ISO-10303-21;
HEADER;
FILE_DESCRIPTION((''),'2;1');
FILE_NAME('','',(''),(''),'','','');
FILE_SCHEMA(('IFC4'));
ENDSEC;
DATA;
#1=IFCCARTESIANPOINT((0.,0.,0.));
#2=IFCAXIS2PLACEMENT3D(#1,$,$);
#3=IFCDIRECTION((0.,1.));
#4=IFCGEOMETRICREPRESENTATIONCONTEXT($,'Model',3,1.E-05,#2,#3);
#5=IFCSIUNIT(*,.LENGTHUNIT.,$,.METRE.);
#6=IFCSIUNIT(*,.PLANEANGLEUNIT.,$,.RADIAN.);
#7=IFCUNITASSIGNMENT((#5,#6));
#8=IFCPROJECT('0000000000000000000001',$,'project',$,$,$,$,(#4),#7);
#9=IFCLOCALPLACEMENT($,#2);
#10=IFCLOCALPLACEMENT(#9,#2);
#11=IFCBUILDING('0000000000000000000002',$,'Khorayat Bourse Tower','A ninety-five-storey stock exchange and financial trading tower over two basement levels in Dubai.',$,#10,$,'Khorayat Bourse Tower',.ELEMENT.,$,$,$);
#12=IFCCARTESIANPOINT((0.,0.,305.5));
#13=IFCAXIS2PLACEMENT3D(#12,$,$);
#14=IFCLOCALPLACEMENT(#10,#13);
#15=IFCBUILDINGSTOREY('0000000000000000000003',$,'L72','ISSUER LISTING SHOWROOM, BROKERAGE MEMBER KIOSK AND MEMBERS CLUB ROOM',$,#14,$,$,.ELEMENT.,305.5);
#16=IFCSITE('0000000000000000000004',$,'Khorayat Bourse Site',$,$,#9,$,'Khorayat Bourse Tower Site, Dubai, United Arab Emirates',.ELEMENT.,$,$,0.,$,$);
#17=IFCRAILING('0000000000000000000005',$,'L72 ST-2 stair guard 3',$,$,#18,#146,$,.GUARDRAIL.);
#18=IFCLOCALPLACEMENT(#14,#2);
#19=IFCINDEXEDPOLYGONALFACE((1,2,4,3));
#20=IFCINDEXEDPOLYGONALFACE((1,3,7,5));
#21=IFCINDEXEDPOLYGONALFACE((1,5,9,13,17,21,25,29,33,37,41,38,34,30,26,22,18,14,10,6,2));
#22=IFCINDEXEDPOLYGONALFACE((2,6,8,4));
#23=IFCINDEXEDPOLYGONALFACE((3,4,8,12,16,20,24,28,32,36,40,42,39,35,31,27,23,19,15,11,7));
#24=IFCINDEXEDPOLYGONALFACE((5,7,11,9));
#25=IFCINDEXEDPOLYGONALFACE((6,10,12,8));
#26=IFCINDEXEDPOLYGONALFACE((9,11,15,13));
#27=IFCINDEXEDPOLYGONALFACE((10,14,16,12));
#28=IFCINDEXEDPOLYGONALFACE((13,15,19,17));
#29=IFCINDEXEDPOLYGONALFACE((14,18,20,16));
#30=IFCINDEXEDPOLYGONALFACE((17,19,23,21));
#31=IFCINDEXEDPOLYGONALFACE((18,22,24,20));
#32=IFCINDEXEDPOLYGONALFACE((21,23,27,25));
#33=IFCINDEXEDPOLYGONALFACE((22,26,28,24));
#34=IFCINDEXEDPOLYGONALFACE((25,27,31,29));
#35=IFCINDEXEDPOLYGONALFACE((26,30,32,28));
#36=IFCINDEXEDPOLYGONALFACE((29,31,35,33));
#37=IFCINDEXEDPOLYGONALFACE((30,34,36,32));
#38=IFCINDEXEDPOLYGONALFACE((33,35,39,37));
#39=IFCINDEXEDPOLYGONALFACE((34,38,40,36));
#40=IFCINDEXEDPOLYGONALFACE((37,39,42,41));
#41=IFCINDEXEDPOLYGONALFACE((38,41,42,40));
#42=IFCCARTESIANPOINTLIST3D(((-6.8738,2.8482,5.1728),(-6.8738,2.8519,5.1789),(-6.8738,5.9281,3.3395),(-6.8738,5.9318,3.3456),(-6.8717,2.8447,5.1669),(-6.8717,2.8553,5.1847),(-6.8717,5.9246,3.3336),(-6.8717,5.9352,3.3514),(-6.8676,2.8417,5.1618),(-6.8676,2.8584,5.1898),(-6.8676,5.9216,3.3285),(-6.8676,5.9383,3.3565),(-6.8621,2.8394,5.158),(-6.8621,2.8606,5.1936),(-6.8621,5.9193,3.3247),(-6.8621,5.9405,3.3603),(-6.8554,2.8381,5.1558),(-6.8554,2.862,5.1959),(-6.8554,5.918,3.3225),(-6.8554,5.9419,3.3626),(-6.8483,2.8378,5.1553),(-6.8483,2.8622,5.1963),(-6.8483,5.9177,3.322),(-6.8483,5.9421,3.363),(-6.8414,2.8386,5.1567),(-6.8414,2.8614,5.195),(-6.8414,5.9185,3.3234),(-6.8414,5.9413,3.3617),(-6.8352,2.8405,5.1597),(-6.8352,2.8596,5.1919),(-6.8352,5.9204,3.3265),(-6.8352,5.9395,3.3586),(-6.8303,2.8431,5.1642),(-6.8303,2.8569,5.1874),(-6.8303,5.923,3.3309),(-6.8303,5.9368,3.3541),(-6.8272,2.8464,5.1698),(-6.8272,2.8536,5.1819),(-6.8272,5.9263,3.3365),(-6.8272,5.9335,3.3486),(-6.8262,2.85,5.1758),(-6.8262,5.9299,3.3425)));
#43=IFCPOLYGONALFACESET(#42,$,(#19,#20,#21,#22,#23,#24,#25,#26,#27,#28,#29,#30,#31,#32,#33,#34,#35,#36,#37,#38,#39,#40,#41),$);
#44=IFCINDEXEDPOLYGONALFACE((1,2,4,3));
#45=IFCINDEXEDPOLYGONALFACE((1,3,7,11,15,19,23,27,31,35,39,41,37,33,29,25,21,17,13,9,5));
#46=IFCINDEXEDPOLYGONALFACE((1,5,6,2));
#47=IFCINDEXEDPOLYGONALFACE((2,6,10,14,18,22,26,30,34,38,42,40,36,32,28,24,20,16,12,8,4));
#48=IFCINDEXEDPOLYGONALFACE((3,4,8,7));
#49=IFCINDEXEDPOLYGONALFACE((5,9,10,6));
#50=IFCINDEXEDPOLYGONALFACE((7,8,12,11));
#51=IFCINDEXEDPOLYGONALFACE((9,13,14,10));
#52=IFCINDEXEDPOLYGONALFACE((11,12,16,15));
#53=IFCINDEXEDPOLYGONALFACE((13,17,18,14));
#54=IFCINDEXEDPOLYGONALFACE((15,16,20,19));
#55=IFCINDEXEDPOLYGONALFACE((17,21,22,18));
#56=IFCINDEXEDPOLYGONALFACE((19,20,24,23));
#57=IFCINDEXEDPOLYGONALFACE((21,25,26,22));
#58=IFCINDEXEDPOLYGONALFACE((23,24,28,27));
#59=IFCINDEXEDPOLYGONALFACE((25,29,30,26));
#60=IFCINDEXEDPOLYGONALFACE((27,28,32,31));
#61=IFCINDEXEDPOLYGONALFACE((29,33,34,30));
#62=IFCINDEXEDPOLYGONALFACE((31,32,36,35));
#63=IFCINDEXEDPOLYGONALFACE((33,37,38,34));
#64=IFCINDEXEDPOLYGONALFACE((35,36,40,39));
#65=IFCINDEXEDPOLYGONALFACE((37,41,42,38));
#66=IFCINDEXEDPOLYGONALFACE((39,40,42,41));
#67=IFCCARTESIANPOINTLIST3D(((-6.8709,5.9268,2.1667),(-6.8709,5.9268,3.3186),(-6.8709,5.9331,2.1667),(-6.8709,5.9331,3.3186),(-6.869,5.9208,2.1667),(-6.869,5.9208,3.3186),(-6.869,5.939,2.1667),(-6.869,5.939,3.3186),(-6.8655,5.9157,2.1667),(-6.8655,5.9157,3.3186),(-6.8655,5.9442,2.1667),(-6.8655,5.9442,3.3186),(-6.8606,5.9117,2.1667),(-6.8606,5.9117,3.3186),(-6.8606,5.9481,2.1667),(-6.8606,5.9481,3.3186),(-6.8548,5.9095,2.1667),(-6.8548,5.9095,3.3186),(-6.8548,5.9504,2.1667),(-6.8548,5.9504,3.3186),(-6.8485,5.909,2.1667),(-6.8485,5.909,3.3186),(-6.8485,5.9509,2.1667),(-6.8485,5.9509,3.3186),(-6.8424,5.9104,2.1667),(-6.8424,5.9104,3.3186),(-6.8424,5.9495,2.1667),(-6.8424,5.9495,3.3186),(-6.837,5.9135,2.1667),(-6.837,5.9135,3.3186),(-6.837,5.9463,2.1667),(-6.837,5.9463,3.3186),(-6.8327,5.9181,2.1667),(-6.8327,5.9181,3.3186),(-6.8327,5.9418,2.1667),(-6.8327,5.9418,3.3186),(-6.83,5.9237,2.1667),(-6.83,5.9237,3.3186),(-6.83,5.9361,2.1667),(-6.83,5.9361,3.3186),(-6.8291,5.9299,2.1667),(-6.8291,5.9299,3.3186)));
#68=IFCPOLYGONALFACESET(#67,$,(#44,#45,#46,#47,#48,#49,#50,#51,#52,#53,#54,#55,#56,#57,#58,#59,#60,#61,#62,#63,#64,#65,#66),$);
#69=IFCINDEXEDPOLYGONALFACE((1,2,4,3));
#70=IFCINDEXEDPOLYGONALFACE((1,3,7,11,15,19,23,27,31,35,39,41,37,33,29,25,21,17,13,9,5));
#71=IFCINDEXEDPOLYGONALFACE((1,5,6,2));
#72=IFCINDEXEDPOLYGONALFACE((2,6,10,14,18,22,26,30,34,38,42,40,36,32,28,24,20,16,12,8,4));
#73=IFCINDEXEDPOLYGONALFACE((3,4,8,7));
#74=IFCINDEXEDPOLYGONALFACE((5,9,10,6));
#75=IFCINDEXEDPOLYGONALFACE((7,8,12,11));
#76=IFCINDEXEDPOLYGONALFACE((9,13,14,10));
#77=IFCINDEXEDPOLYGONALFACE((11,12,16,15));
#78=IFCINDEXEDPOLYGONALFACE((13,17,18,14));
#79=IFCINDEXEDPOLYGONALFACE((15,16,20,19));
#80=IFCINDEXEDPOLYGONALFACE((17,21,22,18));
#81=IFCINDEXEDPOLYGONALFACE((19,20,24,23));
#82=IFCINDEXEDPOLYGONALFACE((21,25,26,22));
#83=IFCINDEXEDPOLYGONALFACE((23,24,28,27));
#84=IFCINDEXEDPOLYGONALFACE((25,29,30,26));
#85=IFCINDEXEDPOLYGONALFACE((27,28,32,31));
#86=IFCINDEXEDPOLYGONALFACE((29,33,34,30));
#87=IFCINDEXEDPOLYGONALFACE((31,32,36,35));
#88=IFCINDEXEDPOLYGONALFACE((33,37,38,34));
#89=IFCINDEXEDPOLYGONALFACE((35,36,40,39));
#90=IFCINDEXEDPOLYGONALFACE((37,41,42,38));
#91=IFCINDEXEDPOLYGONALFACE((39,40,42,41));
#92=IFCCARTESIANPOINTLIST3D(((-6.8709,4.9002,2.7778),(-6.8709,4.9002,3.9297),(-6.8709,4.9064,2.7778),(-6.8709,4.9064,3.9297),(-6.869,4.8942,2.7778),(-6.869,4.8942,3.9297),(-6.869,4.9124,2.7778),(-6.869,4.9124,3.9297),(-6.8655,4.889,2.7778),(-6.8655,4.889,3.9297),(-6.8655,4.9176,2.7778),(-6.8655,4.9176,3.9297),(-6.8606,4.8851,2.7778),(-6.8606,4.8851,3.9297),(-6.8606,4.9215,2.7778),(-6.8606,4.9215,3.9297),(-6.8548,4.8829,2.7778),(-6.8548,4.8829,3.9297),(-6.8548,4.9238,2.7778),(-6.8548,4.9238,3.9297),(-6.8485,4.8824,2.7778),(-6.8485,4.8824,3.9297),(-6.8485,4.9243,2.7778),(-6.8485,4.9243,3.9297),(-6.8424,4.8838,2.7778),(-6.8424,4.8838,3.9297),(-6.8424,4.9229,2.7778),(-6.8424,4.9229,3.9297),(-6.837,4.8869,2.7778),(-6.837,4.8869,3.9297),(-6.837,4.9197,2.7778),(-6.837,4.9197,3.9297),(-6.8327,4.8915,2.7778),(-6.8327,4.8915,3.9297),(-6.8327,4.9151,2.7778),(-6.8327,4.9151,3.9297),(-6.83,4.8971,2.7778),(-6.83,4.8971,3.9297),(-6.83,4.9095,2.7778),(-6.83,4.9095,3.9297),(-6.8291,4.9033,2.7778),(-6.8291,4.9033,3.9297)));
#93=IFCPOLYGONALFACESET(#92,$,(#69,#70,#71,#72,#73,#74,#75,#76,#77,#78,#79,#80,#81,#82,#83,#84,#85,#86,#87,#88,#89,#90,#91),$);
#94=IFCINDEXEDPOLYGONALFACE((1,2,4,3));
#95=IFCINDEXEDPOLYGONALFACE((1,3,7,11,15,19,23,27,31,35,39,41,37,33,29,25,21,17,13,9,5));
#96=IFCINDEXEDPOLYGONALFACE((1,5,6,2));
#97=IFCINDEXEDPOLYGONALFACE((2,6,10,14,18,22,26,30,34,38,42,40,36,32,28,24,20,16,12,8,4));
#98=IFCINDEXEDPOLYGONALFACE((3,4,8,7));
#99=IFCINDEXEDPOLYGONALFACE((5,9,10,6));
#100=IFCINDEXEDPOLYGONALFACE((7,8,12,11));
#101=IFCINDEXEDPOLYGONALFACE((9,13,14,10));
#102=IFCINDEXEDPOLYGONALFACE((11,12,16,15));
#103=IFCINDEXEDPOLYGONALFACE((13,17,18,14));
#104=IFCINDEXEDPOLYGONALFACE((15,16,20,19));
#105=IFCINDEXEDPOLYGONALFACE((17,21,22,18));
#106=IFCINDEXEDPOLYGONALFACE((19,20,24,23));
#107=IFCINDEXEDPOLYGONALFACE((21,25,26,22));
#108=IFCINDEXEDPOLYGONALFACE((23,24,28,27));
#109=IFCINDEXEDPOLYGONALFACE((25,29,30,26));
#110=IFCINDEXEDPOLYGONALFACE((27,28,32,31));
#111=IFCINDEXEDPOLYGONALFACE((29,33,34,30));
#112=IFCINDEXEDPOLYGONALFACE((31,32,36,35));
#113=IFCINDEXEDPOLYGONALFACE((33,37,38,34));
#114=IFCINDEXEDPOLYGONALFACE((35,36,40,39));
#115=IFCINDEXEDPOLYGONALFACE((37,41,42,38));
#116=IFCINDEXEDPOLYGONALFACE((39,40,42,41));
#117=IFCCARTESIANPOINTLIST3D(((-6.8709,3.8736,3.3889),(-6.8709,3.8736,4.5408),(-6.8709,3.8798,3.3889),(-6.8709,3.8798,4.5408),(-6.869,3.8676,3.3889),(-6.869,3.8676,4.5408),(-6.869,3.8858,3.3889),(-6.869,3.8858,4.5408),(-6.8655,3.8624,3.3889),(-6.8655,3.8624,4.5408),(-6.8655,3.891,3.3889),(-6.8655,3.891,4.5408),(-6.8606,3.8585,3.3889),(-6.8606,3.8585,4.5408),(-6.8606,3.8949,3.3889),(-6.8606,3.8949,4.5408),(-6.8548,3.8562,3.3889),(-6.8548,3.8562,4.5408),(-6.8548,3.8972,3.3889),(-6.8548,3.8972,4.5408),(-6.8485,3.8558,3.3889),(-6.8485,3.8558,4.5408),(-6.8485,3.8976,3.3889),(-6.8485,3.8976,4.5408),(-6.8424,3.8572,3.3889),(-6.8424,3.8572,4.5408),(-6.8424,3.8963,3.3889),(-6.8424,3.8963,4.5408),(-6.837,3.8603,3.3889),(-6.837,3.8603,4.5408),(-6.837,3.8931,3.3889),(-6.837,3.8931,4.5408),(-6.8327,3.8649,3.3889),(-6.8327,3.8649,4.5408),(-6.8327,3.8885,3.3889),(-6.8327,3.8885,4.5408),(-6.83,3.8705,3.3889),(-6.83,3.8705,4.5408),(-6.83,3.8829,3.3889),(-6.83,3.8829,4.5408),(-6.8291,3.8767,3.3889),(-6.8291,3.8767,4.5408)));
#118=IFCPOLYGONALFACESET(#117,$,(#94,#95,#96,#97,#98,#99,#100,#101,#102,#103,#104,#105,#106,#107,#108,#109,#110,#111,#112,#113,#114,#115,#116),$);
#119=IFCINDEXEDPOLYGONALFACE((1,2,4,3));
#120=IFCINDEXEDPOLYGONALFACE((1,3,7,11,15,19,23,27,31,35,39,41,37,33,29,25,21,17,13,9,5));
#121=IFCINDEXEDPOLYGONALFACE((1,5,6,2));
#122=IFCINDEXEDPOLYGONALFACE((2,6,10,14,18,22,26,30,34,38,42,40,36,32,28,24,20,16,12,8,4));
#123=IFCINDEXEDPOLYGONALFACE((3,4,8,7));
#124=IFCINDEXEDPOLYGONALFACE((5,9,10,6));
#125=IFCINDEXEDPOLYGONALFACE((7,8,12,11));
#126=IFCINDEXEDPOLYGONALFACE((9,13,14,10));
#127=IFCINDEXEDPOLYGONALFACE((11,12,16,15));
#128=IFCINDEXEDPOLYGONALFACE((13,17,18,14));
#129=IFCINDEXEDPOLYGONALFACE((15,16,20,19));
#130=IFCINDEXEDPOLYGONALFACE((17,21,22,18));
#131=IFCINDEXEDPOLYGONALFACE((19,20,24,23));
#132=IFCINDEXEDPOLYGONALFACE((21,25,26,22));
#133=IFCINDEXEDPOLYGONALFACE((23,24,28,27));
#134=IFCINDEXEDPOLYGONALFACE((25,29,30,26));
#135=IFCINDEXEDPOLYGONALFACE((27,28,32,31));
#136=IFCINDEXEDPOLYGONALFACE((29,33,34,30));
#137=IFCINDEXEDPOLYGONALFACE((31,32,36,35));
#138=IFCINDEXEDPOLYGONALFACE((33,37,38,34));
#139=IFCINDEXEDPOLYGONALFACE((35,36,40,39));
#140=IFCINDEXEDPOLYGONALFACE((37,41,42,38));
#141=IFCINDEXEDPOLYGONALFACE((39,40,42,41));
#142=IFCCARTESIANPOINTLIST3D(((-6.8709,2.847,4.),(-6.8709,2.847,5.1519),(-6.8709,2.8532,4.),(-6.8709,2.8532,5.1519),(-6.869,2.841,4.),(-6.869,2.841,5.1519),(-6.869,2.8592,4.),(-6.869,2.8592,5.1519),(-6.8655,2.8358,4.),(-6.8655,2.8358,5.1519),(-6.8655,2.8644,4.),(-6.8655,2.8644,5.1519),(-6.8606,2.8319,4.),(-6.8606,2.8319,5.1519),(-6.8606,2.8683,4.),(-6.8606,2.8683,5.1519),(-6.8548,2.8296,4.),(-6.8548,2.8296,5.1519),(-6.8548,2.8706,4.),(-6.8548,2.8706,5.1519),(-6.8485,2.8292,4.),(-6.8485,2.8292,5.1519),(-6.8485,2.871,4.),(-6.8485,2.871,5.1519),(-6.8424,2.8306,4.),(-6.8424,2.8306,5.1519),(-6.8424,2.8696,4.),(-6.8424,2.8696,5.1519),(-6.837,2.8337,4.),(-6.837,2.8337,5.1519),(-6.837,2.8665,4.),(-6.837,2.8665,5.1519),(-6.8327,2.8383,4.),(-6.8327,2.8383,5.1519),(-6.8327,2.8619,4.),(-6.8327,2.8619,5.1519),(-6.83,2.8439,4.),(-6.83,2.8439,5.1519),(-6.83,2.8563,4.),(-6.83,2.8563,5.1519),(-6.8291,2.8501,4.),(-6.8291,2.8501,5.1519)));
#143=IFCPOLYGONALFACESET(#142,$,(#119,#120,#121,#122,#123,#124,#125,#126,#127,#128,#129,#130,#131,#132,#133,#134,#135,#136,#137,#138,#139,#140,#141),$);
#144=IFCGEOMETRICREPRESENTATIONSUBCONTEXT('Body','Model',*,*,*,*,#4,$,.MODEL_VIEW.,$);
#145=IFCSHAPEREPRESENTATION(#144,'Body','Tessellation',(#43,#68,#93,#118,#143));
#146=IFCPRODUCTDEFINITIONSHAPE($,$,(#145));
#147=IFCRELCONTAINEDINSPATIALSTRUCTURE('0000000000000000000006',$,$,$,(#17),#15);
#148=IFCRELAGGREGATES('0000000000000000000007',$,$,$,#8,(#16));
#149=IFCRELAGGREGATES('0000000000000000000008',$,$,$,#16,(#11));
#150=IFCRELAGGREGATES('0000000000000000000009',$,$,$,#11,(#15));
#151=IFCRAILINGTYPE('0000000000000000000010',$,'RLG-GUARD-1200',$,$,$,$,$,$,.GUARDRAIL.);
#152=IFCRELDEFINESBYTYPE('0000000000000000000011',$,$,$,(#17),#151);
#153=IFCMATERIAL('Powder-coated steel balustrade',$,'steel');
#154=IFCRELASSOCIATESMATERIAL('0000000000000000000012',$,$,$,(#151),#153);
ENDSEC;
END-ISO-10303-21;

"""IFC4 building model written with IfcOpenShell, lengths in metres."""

from ifc_helpers import new_model, si_unit, direction, frame, origin, origin_2d, place, context, subcontext, project, spatial, circle, extrude, source, transform, mapped, material, type_object, element, save


model = new_model("IFC4")

# Units and contexts
model_context = context("Model", 3, precision=1e-05, world=origin(), true_north=direction((0.0, 1.0)))
body_context = subcontext(model_context, "Body", "Model", "MODEL_VIEW")
ifc_project = project(units=[si_unit("LENGTHUNIT", "METRE"), si_unit("PLANEANGLEUNIT", "RADIAN")], contexts=[model_context])

# Site, building, storey
site_placement = place(None, origin())
site = spatial("IfcSite", under=ifc_project, at=site_placement, Name="Khorayat Bourse Site", LongName="Khorayat Bourse Tower Site, Dubai, United Arab Emirates", CompositionType="ELEMENT", RefElevation=0.0)
building_placement = place(site_placement, origin())
building = spatial("IfcBuilding", under=site, at=building_placement, Name="Khorayat Bourse Tower", Description="A ninety-five-storey stock exchange and financial trading tower over two basement levels in Dubai.", LongName="Khorayat Bourse Tower", CompositionType="ELEMENT")
storey_placement = place(building_placement, frame((0.0, 0.0, 305.5)))
storey = spatial("IfcBuildingStorey", under=building, at=storey_placement, Name="L72", Description="ISSUER LISTING SHOWROOM, BROKERAGE MEMBER KIOSK AND MEMBERS CLUB ROOM", CompositionType="ELEMENT", Elevation=305.5)

# Railing
ifc_material_1 = material(Name="Powder-coated steel balustrade", Category="steel")
railing_type_1 = type_object("IfcRailingType", Name="RLG-GUARD-1200", PredefinedType="GUARDRAIL", material=ifc_material_1)
shared_shape_1 = source(origin(), body_context, "Body", "SweptSolid", [
    extrude(circle(Radius=0.0239, at=origin_2d()), frame((0.0, 0.0, 1.1758), z_axis=(0.0, -0.859291, 0.511487), x_axis=(1.0, 0.0, 0.0)), (0.0, 0.0, 1.0), 3.5842),
    extrude(circle(Radius=0.021, at=origin_2d()), origin(), (0.0, 0.0, 1.0), 1.1519),
    extrude(circle(Radius=0.021, at=origin_2d()), frame((0.0, -1.0266, 0.6111)), (0.0, 0.0, 1.0), 1.1519),
    extrude(circle(Radius=0.021, at=origin_2d()), frame((0.0, -2.0532, 1.2222)), (0.0, 0.0, 1.0), 1.1519),
    extrude(circle(Radius=0.021, at=origin_2d()), frame((0.0, -3.0798, 1.8333)), (0.0, 0.0, 1.0), 1.1519),
])
railing_1_placement = place(storey_placement, frame((-6.8501, 5.9299, 2.1667)))
element("IfcRailing", 1, at=railing_1_placement, inside=storey, type_object=railing_type_1, Name="L72 ST-2 stair guard 3", PredefinedType="GUARDRAIL", context=body_context, shape_type="MappedRepresentation", body=[
    mapped(shared_shape_1, transform((0.0, 0.0, 0.0), scale=1.0)),
])

save(model, "model.ifc")
